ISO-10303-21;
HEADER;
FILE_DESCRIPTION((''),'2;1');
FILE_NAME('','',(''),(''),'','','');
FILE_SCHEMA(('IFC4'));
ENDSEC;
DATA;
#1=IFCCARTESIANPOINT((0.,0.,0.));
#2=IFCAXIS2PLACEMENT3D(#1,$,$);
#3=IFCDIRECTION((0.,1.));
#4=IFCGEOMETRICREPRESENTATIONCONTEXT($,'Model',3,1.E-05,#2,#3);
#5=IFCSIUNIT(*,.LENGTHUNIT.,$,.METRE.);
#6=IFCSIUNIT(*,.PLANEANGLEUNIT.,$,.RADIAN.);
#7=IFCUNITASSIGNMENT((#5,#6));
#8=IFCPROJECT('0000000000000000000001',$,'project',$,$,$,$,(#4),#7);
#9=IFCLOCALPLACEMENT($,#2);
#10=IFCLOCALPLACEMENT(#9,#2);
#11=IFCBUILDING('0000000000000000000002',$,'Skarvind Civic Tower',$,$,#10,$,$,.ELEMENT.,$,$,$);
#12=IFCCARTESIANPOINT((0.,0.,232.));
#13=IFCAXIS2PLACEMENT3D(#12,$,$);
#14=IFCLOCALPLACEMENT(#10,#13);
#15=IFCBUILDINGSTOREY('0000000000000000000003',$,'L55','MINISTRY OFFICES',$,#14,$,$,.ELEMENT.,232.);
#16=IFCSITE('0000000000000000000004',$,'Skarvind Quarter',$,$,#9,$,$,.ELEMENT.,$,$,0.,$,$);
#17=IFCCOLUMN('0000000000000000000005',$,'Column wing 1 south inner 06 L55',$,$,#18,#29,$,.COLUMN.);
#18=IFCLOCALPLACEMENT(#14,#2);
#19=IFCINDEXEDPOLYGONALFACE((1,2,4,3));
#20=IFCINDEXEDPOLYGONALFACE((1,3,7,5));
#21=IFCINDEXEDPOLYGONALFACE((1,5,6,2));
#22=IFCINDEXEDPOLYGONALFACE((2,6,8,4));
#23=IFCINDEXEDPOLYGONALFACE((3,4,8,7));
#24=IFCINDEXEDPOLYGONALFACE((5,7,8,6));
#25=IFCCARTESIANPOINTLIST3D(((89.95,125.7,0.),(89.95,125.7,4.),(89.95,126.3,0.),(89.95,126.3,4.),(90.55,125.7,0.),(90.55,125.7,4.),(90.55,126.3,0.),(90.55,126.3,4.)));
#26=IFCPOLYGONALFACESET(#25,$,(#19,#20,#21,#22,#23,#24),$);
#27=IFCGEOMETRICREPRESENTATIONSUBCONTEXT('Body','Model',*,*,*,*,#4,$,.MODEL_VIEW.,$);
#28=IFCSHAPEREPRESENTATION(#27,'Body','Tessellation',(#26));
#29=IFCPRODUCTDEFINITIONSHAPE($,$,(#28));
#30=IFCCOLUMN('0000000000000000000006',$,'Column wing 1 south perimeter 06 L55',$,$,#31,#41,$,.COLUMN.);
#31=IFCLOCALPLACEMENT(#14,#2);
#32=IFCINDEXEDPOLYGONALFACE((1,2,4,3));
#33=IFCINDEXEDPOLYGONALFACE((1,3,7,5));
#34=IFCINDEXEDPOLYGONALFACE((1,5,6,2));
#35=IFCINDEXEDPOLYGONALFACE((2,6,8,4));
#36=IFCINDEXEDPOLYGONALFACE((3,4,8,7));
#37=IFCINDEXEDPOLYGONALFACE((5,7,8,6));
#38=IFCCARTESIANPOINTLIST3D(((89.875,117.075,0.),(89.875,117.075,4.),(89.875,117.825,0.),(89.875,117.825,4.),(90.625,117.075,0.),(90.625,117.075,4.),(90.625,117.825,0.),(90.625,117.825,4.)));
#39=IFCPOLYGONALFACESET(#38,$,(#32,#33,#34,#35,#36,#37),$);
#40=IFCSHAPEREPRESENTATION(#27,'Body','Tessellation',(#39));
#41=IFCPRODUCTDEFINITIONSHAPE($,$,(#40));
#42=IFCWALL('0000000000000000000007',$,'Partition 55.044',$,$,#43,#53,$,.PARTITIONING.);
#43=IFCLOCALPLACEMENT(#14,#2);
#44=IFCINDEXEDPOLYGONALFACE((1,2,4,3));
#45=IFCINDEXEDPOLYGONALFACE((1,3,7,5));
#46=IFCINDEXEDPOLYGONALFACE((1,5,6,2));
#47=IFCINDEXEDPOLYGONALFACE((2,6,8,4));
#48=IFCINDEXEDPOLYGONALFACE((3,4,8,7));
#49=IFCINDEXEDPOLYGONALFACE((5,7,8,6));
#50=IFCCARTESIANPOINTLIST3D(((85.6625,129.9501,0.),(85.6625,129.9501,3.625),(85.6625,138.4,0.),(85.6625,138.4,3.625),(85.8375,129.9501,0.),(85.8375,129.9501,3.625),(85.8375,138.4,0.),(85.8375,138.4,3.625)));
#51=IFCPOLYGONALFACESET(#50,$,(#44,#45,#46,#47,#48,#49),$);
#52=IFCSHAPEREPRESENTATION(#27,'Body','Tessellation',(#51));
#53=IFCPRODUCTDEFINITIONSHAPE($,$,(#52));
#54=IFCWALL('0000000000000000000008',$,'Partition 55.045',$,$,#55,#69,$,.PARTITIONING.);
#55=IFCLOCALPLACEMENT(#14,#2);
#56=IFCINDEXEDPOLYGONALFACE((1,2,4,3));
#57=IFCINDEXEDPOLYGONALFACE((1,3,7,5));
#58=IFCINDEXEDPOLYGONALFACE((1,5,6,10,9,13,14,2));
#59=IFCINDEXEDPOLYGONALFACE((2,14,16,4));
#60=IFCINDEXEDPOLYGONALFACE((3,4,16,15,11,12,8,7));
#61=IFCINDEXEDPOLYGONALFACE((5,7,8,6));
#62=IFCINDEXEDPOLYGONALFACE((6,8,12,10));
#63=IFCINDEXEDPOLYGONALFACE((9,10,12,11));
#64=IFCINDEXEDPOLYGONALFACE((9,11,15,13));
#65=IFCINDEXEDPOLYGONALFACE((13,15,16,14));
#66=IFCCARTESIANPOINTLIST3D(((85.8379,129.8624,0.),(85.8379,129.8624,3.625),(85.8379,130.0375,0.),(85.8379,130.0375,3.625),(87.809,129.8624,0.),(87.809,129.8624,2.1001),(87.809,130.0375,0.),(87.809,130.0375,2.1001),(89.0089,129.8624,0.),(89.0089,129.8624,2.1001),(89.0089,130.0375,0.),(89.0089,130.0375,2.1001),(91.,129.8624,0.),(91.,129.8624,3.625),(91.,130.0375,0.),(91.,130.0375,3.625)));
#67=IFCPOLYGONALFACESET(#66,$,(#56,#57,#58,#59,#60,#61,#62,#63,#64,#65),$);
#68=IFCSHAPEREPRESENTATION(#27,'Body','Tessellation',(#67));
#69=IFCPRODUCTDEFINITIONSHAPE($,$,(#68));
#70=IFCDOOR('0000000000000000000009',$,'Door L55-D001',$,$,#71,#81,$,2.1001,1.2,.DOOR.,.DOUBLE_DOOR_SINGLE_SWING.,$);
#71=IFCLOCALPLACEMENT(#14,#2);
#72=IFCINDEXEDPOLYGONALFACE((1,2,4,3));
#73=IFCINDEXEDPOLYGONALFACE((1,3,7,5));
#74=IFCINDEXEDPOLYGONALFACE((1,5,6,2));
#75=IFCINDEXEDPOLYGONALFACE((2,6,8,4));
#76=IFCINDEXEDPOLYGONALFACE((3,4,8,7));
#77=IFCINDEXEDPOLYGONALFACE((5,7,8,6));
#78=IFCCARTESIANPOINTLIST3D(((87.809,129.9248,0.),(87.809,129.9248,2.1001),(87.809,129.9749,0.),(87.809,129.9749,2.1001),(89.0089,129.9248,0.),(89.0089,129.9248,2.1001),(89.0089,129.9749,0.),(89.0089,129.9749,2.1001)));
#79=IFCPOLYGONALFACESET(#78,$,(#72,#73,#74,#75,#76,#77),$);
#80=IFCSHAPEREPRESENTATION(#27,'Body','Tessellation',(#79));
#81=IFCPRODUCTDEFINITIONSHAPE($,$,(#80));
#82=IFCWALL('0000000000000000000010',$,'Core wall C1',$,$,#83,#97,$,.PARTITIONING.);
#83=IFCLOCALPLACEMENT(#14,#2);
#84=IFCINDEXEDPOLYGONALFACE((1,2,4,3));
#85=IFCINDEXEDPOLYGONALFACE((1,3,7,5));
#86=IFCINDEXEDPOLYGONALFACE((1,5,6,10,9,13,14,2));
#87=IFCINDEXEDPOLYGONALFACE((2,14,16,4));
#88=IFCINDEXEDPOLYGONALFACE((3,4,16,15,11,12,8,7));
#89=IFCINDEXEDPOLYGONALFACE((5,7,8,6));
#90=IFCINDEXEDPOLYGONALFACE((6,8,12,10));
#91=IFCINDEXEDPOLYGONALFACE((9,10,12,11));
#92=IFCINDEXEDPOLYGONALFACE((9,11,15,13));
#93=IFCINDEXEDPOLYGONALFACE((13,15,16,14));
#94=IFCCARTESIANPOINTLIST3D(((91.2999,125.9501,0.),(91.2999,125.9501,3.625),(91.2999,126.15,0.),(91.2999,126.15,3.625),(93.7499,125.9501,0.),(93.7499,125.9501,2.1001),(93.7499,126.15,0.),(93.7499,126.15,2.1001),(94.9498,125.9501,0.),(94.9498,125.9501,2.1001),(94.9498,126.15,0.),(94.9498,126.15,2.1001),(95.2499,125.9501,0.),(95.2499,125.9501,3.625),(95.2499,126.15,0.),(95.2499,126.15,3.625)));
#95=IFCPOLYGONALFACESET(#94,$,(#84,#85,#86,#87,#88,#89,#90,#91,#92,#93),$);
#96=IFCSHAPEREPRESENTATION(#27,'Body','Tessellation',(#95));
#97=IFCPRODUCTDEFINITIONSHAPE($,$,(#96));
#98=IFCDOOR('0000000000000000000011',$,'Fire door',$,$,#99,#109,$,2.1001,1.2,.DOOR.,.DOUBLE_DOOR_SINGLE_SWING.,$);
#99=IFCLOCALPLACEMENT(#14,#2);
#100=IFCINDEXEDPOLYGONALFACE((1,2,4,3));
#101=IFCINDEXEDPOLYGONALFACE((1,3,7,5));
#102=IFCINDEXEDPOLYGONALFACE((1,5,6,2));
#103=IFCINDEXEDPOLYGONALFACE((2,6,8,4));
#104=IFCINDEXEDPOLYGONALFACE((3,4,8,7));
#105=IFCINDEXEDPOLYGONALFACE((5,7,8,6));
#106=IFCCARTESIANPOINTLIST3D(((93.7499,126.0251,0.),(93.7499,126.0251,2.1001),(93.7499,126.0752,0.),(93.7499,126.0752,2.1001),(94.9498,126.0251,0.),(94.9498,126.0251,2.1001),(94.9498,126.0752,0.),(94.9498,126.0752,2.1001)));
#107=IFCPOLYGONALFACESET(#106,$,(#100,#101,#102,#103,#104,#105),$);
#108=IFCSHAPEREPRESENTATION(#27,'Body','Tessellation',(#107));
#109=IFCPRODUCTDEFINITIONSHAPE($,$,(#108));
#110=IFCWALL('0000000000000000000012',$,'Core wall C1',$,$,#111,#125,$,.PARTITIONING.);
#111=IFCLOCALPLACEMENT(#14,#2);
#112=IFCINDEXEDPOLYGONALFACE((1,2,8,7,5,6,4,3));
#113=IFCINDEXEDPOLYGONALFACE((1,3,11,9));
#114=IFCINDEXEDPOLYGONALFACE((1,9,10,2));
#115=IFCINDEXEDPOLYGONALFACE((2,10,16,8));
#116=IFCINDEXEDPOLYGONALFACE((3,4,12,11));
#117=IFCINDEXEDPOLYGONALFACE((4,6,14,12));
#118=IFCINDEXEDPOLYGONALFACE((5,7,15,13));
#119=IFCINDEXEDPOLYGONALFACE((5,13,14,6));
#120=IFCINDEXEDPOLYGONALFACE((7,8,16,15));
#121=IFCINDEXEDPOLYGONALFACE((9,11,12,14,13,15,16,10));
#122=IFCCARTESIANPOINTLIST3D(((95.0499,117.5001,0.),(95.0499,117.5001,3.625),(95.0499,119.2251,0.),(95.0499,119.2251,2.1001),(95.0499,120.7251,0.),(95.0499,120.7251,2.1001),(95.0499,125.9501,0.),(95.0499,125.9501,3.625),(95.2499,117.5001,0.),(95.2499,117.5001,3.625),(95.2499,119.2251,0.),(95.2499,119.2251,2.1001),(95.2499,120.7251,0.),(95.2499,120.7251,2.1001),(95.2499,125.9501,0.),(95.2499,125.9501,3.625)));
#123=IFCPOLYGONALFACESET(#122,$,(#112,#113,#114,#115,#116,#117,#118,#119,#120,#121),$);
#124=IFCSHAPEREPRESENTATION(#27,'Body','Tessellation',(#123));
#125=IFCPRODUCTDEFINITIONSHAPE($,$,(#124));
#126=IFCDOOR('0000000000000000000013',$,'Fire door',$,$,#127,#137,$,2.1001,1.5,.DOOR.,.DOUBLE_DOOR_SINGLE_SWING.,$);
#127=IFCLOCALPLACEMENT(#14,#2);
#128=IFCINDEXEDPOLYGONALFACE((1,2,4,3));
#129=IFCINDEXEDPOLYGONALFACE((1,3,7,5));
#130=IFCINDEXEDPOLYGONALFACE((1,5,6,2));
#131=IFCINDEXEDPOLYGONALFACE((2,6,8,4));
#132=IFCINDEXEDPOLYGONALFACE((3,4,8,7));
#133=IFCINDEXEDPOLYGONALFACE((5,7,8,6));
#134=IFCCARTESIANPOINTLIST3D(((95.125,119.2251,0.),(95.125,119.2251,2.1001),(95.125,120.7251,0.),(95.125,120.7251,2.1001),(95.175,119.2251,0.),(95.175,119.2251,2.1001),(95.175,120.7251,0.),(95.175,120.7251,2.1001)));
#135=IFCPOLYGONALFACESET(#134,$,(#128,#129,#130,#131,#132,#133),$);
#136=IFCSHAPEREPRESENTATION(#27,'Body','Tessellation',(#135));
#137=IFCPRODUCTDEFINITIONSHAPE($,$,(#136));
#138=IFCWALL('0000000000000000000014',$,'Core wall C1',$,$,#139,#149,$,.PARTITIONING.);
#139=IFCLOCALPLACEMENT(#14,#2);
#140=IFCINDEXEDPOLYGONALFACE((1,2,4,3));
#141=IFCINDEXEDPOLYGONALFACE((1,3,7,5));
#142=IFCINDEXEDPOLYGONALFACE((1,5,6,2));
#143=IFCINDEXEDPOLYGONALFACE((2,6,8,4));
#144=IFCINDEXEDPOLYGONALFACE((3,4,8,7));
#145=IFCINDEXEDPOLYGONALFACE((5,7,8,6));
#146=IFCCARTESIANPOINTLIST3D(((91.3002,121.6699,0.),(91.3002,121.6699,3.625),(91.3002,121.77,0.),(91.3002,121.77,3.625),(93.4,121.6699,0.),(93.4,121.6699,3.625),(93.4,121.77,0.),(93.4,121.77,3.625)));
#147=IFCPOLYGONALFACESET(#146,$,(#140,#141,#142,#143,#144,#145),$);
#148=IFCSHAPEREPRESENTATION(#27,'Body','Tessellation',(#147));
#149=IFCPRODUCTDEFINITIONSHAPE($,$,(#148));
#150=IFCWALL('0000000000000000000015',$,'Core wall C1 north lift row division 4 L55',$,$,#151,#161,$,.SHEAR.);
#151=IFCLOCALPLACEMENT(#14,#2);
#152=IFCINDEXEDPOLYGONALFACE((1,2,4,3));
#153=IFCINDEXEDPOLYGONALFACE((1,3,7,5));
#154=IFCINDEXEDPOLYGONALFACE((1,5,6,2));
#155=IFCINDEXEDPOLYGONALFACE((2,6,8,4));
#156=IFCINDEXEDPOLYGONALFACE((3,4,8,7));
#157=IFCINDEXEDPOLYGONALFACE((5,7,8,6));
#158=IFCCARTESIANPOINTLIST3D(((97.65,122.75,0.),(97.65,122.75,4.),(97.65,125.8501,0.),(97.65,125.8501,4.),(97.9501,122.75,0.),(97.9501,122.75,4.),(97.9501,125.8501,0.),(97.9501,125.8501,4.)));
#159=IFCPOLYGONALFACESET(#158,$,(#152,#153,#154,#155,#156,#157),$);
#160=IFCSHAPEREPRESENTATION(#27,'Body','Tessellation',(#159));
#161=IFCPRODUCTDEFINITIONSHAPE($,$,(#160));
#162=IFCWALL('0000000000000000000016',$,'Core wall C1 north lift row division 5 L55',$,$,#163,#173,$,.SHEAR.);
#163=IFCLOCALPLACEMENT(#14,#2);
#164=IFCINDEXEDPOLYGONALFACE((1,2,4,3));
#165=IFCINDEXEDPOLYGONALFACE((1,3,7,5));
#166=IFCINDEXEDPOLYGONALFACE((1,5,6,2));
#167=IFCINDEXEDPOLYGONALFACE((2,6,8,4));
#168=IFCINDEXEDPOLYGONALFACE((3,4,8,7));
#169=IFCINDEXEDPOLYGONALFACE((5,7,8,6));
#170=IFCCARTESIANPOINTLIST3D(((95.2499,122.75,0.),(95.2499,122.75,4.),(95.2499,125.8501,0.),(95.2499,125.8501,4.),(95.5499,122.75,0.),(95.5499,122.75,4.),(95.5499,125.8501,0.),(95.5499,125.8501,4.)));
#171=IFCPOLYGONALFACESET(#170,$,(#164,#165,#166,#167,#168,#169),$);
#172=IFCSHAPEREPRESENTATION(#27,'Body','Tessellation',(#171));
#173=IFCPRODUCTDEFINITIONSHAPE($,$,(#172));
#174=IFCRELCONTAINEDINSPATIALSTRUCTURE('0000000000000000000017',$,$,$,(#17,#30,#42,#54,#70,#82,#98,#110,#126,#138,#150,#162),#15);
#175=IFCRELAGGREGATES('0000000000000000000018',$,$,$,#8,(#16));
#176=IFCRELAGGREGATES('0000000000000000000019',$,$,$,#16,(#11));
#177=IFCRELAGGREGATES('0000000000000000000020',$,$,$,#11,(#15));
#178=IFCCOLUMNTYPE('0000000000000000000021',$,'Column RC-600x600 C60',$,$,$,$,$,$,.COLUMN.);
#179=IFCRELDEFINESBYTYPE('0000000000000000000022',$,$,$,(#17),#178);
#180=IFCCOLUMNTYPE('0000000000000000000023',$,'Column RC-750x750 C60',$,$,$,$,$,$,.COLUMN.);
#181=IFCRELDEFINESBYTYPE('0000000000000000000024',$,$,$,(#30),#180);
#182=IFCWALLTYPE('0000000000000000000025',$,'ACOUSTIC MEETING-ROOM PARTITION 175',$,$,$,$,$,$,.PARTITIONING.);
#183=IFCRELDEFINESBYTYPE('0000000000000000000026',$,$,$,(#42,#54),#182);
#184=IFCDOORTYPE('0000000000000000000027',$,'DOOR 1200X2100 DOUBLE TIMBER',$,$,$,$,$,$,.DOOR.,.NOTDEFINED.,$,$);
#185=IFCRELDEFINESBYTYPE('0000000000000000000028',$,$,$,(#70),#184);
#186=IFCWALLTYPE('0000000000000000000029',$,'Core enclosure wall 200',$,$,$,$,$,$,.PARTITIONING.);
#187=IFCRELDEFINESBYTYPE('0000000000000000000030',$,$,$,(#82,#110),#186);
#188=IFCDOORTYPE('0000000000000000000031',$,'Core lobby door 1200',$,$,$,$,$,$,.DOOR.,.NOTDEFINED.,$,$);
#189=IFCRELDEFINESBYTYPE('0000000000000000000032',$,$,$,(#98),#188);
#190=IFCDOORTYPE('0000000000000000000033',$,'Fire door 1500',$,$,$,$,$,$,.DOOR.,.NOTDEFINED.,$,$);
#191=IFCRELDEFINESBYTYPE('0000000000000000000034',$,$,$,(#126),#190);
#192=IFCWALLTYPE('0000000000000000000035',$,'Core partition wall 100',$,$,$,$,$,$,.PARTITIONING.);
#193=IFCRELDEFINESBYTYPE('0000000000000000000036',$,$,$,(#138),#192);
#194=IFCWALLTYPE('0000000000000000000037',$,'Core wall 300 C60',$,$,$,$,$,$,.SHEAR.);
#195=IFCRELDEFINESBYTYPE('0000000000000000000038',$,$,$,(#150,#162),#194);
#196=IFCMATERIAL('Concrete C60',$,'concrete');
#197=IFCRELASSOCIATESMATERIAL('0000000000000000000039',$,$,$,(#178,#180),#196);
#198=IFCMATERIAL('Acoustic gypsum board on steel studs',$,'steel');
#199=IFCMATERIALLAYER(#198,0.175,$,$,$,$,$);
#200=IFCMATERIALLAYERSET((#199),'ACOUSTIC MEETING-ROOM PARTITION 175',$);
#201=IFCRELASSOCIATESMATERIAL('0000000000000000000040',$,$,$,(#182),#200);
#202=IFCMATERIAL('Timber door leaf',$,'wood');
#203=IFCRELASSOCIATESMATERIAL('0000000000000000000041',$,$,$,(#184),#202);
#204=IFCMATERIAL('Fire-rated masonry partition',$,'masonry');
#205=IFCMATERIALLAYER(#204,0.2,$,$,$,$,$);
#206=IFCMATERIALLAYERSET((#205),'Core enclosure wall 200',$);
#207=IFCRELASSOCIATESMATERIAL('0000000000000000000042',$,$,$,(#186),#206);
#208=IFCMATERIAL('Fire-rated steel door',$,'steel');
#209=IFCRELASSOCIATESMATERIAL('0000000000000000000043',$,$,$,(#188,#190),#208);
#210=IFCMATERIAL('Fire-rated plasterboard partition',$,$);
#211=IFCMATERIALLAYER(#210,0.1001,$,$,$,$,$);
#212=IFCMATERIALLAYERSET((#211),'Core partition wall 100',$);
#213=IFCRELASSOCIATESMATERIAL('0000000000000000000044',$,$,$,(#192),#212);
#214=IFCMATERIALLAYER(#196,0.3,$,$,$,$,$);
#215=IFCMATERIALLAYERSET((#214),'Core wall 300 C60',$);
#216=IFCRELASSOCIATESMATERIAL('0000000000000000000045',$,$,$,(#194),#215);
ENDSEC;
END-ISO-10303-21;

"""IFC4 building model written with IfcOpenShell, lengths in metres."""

from ifc_helpers import new_model, si_unit, direction, frame, frame_2d, origin, origin_2d, place, context, subcontext, project, spatial, rectangle, extrude, material, layer, layer_set, material_profile, profile_set, type_object, element, fill, save


model = new_model("IFC4")

# Units and contexts
model_context = context("Model", 3, precision=1e-05, world=origin(), true_north=direction((0.0, 1.0)))
body_context = subcontext(model_context, "Body", "Model", "MODEL_VIEW")
ifc_project = project(units=[si_unit("LENGTHUNIT", "METRE"), si_unit("PLANEANGLEUNIT", "RADIAN")], contexts=[model_context])

# Site, building, storey
site_placement = place(None, origin())
site = spatial("IfcSite", under=ifc_project, at=site_placement, Name="Skarvind Quarter", CompositionType="ELEMENT", RefElevation=0.0)
building_placement = place(site_placement, origin())
building = spatial("IfcBuilding", under=site, at=building_placement, Name="Skarvind Civic Tower", CompositionType="ELEMENT")
storey_placement = place(building_placement, frame((0.0, 0.0, 232.0)))
storey = spatial("IfcBuildingStorey", under=building, at=storey_placement, Name="L55", Description="MINISTRY OFFICES", CompositionType="ELEMENT", Elevation=232.0)

# Columns
ifc_material_1 = material(Name="Concrete C60", Category="concrete")
ifc_material_profile_1 = material_profile(ifc_material_1, rectangle(XDim=0.6001, YDim=0.6001, at=origin_2d()), Name="RC-600x600")
ifc_profile_set_1 = profile_set([ifc_material_profile_1], Name="Concrete C60")
column_type_1 = type_object("IfcColumnType", Name="Column RC-600x600 C60", PredefinedType="COLUMN", material=ifc_profile_set_1)
column_1_placement = place(storey_placement, frame((90.25, 126.0, 0.0), z_axis=(0.0, 0.0, 1.0), x_axis=(1.0, 0.0, 0.0)))
element("IfcColumn", 1, at=column_1_placement, inside=storey, type_object=column_type_1, Name="Column wing 1 south inner 06 L55", PredefinedType="COLUMN", context=body_context, shape_type="SweptSolid", body=[
    extrude(rectangle(XDim=0.6001, YDim=0.6001, at=origin_2d()), origin(), (0.0, 0.0, 1.0), 4.0),
])
ifc_material_profile_2 = material_profile(ifc_material_1, rectangle(XDim=0.75, YDim=0.75, at=origin_2d()), Name="RC-750x750")
ifc_profile_set_2 = profile_set([ifc_material_profile_2], Name="Concrete C60")
column_type_2 = type_object("IfcColumnType", Name="Column RC-750x750 C60", PredefinedType="COLUMN", material=ifc_profile_set_2)
column_2_placement = place(storey_placement, frame((90.25, 117.45, 0.0), z_axis=(0.0, 0.0, 1.0), x_axis=(1.0, 0.0, 0.0)))
element("IfcColumn", 2, at=column_2_placement, inside=storey, type_object=column_type_2, Name="Column wing 1 south perimeter 06 L55", PredefinedType="COLUMN", context=body_context, shape_type="SweptSolid", body=[
    extrude(rectangle(XDim=0.75, YDim=0.75, at=origin_2d()), origin(), (0.0, 0.0, 1.0), 4.0),
])

# Wall
ifc_material_2 = material(Name="Acoustic gypsum board on steel studs", Category="steel")
ifc_layer_1 = layer(ifc_material_2, 0.175)
ifc_layer_set_1 = layer_set([ifc_layer_1], Name="ACOUSTIC MEETING-ROOM PARTITION 175")
wall_type_1 = type_object("IfcWallType", Name="ACOUSTIC MEETING-ROOM PARTITION 175", PredefinedType="PARTITIONING", material=ifc_layer_set_1)
wall_1_placement = place(storey_placement, frame((85.75, 129.95, 0.0), z_axis=(0.0, 0.0, 1.0), x_axis=(0.0, 1.0, 0.0)))
element("IfcWall", 3, at=wall_1_placement, inside=storey, type_object=wall_type_1, Name="Partition 55.044", PredefinedType="PARTITIONING", context=body_context, shape_type="SweptSolid", body=[
    extrude(rectangle(XDim=8.45, YDim=0.175, at=frame_2d((4.2251, 0.0))), origin(), (0.0, 0.0, 1.0), 3.625),
])

# Walls, openings, doors
wall_2_placement = place(storey_placement, frame((85.8379, 129.95, 0.0), z_axis=(0.0, 0.0, 1.0), x_axis=(1.0, 0.0, 0.0)))
wall_2 = element("IfcWall", 4, at=wall_2_placement, inside=storey, type_object=wall_type_1, Name="Partition 55.045", PredefinedType="PARTITIONING", context=body_context, shape_type="SweptSolid", body=[
    extrude(rectangle(XDim=5.1621, YDim=0.175, at=frame_2d((2.5811, 0.0))), origin(), (0.0, 0.0, 1.0), 3.625),
])
opening_1_placement = place(wall_2_placement, frame((1.9709, 0.0, 0.0)))
opening_1 = element("IfcOpeningElement", 5, at=opening_1_placement, cuts=wall_2, PredefinedType="OPENING", context=body_context, shape_type="SweptSolid", body=[
    extrude(rectangle(XDim=1.2, YDim=2.1001, at=frame_2d((0.6001, 1.05))), frame((0.0, 0.0974, 0.0), z_axis=(0.0, -1.0, 0.0), x_axis=(1.0, 0.0, 0.0)), (0.0, 0.0, 1.0), 0.1951),
])
ifc_material_3 = material(Name="Timber door leaf", Category="wood")
door_type_1 = type_object("IfcDoorType", Name="DOOR 1200X2100 DOUBLE TIMBER", OperationType="NOTDEFINED", PredefinedType="DOOR", material=ifc_material_3)
door_1_placement = place(opening_1_placement, origin())
door_1 = element("IfcDoor", 6, at=door_1_placement, inside=storey, type_object=door_type_1, Name="Door L55-D001", OperationType="DOUBLE_DOOR_SINGLE_SWING", OverallHeight=2.1001, OverallWidth=1.2, PredefinedType="DOOR", context=body_context, shape_type="SweptSolid", body=[
    extrude(rectangle(XDim=1.2, YDim=2.1001, at=frame_2d((0.6001, 1.05))), frame((0.0, 0.0249, 0.0), z_axis=(0.0, -1.0, 0.0), x_axis=(1.0, 0.0, 0.0)), (0.0, 0.0, 1.0), 0.05),
])
fill(opening_1, door_1)
ifc_material_4 = material(Name="Fire-rated masonry partition", Category="masonry")
ifc_layer_2 = layer(ifc_material_4, 0.2)
ifc_layer_set_2 = layer_set([ifc_layer_2], Name="Core enclosure wall 200")
wall_type_2 = type_object("IfcWallType", Name="Core enclosure wall 200", PredefinedType="PARTITIONING", material=ifc_layer_set_2)
wall_3_placement = place(storey_placement, frame((95.25, 126.05, 0.0), z_axis=(0.0, 0.0, 1.0), x_axis=(-1.0, 0.0, 0.0)))
wall_3 = element("IfcWall", 7, at=wall_3_placement, inside=storey, type_object=wall_type_2, Name="Core wall C1", PredefinedType="PARTITIONING", context=body_context, shape_type="SweptSolid", body=[
    extrude(rectangle(XDim=3.95, YDim=0.2, at=frame_2d((1.9751, 0.0))), origin(), (0.0, 0.0, 1.0), 3.625),
])
opening_2_placement = place(wall_3_placement, frame((0.3, 0.0, 0.0)))
opening_2 = element("IfcOpeningElement", 8, at=opening_2_placement, cuts=wall_3, PredefinedType="OPENING", context=body_context, shape_type="SweptSolid", body=[
    extrude(rectangle(XDim=1.2, YDim=2.1001, at=frame_2d((0.6001, 1.05))), frame((0.0, 0.1099, 0.0), z_axis=(0.0, -1.0, 0.0), x_axis=(1.0, 0.0, 0.0)), (0.0, 0.0, 1.0), 0.22),
])
ifc_material_5 = material(Name="Fire-rated steel door", Category="steel")
door_type_2 = type_object("IfcDoorType", Name="Core lobby door 1200", OperationType="NOTDEFINED", PredefinedType="DOOR", material=ifc_material_5)
door_2_placement = place(opening_2_placement, origin())
door_2 = element("IfcDoor", 9, at=door_2_placement, inside=storey, type_object=door_type_2, Name="Fire door", OperationType="DOUBLE_DOOR_SINGLE_SWING", OverallHeight=2.1001, OverallWidth=1.2, PredefinedType="DOOR", context=body_context, shape_type="SweptSolid", body=[
    extrude(rectangle(XDim=1.2, YDim=2.1001, at=frame_2d((0.6001, 1.05))), frame((0.0, 0.0249, 0.0), z_axis=(0.0, -1.0, 0.0), x_axis=(1.0, 0.0, 0.0)), (0.0, 0.0, 1.0), 0.05),
])
fill(opening_2, door_2)
wall_4_placement = place(storey_placement, frame((95.1499, 117.5, 0.0), z_axis=(0.0, 0.0, 1.0), x_axis=(0.0, 1.0, 0.0)))
wall_4 = element("IfcWall", 10, at=wall_4_placement, inside=storey, type_object=wall_type_2, Name="Core wall C1", PredefinedType="PARTITIONING", context=body_context, shape_type="SweptSolid", body=[
    extrude(rectangle(XDim=8.45, YDim=0.2, at=frame_2d((4.2251, 0.0))), origin(), (0.0, 0.0, 1.0), 3.625),
])
opening_3_placement = place(wall_4_placement, frame((1.7251, 0.0, 0.0)))
opening_3 = element("IfcOpeningElement", 11, at=opening_3_placement, cuts=wall_4, PredefinedType="OPENING", context=body_context, shape_type="SweptSolid", body=[
    extrude(rectangle(XDim=1.5, YDim=2.1001, at=frame_2d((0.75, 1.05))), frame((0.0, 0.1099, 0.0), z_axis=(0.0, -1.0, 0.0), x_axis=(1.0, 0.0, 0.0)), (0.0, 0.0, 1.0), 0.22),
])
door_type_3 = type_object("IfcDoorType", Name="Fire door 1500", OperationType="NOTDEFINED", PredefinedType="DOOR", material=ifc_material_5)
door_3_placement = place(opening_3_placement, origin())
door_3 = element("IfcDoor", 12, at=door_3_placement, inside=storey, type_object=door_type_3, Name="Fire door", OperationType="DOUBLE_DOOR_SINGLE_SWING", OverallHeight=2.1001, OverallWidth=1.5, PredefinedType="DOOR", context=body_context, shape_type="SweptSolid", body=[
    extrude(rectangle(XDim=1.5, YDim=2.1001, at=frame_2d((0.75, 1.05))), frame((0.0, 0.0249, 0.0), z_axis=(0.0, -1.0, 0.0), x_axis=(1.0, 0.0, 0.0)), (0.0, 0.0, 1.0), 0.05),
])
fill(opening_3, door_3)

# Walls
ifc_material_6 = material(Name="Fire-rated plasterboard partition")
ifc_layer_3 = layer(ifc_material_6, 0.1001)
ifc_layer_set_3 = layer_set([ifc_layer_3], Name="Core partition wall 100")
wall_type_3 = type_object("IfcWallType", Name="Core partition wall 100", PredefinedType="PARTITIONING", material=ifc_layer_set_3)
wall_5_placement = place(storey_placement, frame((93.3999, 121.72, 0.0), z_axis=(0.0, 0.0, 1.0), x_axis=(-1.0, 0.0, 0.0)))
element("IfcWall", 13, at=wall_5_placement, inside=storey, type_object=wall_type_3, Name="Core wall C1", PredefinedType="PARTITIONING", context=body_context, shape_type="SweptSolid", body=[
    extrude(rectangle(XDim=2.0999, YDim=0.1001, at=frame_2d((1.0498, 0.0))), origin(), (0.0, 0.0, 1.0), 3.625),
])
ifc_layer_4 = layer(ifc_material_1, 0.3)
ifc_layer_set_4 = layer_set([ifc_layer_4], Name="Core wall 300 C60")
wall_type_4 = type_object("IfcWallType", Name="Core wall 300 C60", PredefinedType="SHEAR", material=ifc_layer_set_4)
for number, where, z_axis, x_axis, name in (
    (14, (97.8, 125.8501, 0.0), (0.0, 0.0, 1.0), (0.0, -1.0, 0.0), "Core wall C1 north lift row division 4 L55"),
    (15, (95.3999, 125.8501, 0.0), (0.0, 0.0, 1.0), (0.0, -1.0, 0.0), "Core wall C1 north lift row division 5 L55"),
):
    element("IfcWall", number, at=place(storey_placement, frame(where, z_axis=z_axis, x_axis=x_axis)), inside=storey, type_object=wall_type_4, Name=name, PredefinedType="SHEAR", context=body_context, shape_type="SweptSolid", body=[
        extrude(rectangle(XDim=3.1001, YDim=0.3, at=frame_2d((1.55, 0.0))), origin(), (0.0, 0.0, 1.0), 4.0),
    ])

save(model, "model.ifc")
